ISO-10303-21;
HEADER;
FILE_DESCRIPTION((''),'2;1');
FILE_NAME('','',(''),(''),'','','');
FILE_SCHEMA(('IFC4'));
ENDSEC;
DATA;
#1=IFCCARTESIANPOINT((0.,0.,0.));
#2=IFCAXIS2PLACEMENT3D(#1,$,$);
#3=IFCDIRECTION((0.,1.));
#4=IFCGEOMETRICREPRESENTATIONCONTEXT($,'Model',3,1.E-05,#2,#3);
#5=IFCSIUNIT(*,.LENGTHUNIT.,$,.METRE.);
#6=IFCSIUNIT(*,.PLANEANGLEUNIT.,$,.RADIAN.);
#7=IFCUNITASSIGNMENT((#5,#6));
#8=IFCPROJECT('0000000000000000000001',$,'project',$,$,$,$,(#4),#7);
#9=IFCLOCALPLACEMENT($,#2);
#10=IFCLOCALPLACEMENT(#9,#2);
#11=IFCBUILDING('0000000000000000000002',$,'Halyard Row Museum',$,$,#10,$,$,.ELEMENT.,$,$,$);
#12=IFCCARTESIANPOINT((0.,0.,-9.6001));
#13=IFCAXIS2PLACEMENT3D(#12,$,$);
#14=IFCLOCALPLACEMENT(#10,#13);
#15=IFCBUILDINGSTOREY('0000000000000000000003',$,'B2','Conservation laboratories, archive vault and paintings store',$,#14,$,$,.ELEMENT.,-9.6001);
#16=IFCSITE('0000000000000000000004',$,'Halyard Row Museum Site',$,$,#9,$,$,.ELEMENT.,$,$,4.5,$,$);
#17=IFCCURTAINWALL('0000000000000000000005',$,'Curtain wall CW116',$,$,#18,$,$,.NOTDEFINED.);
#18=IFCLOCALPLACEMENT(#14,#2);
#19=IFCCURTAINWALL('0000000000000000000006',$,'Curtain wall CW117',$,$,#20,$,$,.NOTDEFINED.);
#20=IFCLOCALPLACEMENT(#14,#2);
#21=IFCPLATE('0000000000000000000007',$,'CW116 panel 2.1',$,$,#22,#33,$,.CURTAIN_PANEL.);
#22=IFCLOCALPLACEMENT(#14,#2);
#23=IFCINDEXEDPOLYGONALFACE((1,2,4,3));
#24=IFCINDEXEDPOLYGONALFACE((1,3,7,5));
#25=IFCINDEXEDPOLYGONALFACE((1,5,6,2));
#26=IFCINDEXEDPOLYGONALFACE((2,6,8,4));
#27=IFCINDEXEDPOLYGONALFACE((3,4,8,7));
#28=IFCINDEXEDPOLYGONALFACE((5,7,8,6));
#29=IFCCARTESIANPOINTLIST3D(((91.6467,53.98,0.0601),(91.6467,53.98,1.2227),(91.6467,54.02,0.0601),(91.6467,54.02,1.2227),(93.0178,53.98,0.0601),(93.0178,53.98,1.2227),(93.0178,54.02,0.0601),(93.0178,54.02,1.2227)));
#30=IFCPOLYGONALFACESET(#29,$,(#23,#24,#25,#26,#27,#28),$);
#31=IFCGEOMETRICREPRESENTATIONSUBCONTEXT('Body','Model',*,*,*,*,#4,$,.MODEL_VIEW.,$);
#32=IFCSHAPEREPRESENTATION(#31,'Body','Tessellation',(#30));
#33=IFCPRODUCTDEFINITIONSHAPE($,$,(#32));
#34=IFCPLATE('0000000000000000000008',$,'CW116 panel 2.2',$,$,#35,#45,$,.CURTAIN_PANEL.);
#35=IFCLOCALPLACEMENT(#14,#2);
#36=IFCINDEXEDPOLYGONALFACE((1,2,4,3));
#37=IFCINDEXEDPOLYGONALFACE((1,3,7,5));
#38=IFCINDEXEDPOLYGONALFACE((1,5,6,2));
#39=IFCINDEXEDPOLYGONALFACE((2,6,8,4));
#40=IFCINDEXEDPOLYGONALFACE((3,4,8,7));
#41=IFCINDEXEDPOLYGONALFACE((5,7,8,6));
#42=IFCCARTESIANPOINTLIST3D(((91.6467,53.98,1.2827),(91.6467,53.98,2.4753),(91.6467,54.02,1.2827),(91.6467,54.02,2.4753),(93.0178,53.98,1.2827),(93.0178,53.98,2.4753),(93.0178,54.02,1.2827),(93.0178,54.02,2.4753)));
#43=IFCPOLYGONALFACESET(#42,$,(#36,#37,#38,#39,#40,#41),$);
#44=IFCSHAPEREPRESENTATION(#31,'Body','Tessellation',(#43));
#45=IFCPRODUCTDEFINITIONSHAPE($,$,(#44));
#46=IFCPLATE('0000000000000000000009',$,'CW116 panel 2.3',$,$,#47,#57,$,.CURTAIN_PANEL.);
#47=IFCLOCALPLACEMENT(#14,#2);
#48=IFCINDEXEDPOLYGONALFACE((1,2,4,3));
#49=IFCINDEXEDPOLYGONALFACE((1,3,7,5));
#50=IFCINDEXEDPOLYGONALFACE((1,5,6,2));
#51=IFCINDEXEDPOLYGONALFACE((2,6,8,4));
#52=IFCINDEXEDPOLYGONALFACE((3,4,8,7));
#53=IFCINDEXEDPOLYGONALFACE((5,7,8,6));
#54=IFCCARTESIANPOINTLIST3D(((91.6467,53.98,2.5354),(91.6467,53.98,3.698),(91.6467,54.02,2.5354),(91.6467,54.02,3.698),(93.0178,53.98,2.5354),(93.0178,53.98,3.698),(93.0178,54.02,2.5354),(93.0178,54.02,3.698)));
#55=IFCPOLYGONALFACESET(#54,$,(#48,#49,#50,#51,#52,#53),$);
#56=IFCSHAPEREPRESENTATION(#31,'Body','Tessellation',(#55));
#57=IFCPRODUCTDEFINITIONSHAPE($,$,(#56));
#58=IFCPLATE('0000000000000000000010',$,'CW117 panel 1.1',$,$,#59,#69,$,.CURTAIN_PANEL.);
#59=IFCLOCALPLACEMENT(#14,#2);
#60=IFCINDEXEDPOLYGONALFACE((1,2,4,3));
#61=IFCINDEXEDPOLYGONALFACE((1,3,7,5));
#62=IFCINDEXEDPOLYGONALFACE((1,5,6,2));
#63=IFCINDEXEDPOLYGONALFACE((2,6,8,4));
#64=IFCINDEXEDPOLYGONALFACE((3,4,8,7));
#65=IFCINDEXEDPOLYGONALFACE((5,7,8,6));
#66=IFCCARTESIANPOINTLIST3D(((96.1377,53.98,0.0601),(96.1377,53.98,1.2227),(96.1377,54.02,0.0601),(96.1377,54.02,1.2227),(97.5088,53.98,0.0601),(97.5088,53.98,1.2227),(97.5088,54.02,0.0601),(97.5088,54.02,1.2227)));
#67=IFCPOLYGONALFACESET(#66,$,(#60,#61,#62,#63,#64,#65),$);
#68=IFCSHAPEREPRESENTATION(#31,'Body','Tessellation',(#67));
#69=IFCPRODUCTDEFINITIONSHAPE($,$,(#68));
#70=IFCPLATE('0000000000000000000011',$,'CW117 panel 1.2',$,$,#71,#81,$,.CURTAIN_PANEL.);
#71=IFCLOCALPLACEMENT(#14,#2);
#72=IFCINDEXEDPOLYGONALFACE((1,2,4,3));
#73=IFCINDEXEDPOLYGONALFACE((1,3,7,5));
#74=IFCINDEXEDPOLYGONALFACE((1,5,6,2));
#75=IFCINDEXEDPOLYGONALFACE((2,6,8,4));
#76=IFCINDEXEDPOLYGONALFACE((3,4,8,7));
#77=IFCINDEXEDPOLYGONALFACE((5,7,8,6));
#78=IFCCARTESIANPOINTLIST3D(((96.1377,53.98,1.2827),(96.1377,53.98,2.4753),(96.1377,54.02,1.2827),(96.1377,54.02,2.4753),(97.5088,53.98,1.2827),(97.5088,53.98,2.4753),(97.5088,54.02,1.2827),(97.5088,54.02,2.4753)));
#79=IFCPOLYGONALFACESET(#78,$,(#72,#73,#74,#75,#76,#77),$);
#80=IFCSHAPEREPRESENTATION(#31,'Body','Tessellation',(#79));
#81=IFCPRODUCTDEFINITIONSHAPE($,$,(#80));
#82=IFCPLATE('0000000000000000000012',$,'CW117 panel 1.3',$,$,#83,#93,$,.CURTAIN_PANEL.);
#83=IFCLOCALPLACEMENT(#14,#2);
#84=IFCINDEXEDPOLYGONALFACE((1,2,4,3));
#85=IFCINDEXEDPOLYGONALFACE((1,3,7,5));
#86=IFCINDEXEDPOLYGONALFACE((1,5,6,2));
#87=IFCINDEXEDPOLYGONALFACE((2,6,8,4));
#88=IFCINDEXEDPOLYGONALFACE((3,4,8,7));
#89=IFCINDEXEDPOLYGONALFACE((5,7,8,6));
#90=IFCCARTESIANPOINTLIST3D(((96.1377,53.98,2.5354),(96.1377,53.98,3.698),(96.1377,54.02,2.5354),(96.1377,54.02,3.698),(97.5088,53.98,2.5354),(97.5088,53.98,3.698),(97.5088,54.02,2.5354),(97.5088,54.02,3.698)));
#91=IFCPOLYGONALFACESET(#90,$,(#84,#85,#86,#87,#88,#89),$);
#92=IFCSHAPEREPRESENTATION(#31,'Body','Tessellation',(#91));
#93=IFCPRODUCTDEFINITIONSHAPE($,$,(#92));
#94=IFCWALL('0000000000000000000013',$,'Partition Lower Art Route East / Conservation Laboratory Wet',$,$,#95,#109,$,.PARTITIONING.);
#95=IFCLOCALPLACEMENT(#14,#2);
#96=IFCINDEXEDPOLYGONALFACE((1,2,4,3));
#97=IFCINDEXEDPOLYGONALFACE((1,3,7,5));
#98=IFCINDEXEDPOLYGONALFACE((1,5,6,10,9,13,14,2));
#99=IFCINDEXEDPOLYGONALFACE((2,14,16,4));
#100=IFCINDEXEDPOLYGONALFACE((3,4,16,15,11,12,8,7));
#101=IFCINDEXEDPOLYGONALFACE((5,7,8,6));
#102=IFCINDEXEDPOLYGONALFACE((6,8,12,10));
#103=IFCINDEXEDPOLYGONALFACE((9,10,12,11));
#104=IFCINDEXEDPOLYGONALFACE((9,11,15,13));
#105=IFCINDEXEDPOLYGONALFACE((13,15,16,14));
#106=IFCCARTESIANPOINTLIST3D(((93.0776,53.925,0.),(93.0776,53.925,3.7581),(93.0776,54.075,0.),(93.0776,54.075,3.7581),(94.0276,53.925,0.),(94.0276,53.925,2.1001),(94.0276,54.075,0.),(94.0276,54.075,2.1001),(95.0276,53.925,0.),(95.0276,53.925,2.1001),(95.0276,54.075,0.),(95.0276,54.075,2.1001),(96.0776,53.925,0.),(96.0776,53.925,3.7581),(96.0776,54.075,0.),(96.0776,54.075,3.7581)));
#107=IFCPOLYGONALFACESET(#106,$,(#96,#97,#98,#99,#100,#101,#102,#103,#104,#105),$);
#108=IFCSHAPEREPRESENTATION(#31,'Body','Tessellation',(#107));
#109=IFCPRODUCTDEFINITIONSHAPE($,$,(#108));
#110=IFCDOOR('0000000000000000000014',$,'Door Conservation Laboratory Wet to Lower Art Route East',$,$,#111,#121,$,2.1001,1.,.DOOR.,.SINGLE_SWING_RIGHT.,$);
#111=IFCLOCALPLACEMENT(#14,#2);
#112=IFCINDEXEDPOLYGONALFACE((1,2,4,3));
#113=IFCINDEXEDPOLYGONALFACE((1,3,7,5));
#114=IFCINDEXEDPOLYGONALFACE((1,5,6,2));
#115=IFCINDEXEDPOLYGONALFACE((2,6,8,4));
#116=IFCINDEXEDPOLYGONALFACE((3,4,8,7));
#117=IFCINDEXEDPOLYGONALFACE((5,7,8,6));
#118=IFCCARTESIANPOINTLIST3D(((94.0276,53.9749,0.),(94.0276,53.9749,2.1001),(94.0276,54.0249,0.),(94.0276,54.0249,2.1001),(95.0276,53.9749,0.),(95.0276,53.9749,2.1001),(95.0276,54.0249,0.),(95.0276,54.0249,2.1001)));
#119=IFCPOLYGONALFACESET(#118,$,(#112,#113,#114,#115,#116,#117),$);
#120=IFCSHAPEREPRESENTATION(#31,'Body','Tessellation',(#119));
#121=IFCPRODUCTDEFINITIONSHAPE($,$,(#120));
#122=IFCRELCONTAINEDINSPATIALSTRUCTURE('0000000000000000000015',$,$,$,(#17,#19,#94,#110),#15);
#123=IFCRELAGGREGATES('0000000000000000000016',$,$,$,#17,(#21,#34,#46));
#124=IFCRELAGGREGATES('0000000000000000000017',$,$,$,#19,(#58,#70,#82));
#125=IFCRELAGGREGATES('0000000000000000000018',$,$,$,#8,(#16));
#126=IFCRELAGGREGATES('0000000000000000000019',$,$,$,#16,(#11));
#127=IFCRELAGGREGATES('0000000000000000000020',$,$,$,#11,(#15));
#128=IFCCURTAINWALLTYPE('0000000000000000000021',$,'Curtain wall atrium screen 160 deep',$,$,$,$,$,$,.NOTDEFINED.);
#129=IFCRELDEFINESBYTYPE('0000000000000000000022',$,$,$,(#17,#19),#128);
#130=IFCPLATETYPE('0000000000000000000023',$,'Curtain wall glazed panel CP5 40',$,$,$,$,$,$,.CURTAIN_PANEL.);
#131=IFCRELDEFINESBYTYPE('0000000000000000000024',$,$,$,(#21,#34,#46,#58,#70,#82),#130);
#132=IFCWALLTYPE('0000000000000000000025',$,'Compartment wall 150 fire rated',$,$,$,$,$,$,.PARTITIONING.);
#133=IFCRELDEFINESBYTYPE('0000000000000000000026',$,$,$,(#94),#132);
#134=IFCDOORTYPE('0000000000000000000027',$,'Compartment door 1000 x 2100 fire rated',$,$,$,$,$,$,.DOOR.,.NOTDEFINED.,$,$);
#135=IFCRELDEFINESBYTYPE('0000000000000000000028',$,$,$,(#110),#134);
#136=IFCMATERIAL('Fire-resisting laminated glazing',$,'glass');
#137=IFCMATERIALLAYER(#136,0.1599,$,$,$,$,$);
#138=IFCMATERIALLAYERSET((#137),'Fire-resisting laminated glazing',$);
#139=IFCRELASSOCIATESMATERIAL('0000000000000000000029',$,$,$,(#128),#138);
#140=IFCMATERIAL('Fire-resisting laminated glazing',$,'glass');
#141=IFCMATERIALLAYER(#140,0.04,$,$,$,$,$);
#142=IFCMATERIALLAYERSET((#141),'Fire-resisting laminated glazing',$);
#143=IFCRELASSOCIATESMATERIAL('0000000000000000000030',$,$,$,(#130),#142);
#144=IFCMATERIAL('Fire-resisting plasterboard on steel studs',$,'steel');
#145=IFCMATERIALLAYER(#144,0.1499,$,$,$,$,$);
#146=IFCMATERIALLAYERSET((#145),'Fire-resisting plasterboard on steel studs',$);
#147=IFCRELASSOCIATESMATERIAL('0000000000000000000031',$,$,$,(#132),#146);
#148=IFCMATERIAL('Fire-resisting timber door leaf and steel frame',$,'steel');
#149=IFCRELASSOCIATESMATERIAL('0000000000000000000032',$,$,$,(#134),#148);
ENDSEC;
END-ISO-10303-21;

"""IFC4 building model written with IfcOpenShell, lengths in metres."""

from ifc_helpers import new_model, si_unit, direction, frame, frame_2d, origin, origin_2d, place, context, subcontext, project, spatial, rectangle, extrude, material, layer, layer_set, type_object, element, fill, aggregate, save


model = new_model("IFC4")

# Units and contexts
model_context = context("Model", 3, precision=1e-05, world=origin(), true_north=direction((0.0, 1.0)))
body_context = subcontext(model_context, "Body", "Model", "MODEL_VIEW")
ifc_project = project(units=[si_unit("LENGTHUNIT", "METRE"), si_unit("PLANEANGLEUNIT", "RADIAN")], contexts=[model_context])

# Site, building, storey
site_placement = place(None, origin())
site = spatial("IfcSite", under=ifc_project, at=site_placement, Name="Halyard Row Museum Site", CompositionType="ELEMENT", RefElevation=4.5)
building_placement = place(site_placement, origin())
building = spatial("IfcBuilding", under=site, at=building_placement, Name="Halyard Row Museum", CompositionType="ELEMENT")
storey_placement = place(building_placement, frame((0.0, 0.0, -9.6001)))
storey = spatial("IfcBuildingStorey", under=building, at=storey_placement, Name="B2", Description="Conservation laboratories, archive vault and paintings store", CompositionType="ELEMENT", Elevation=-9.6001)

# Shared definitions
ifc_material_1 = material(Name="Fire-resisting laminated glazing", Category="glass")
ifc_layer_1 = layer(ifc_material_1, 0.1599)
ifc_layer_set_1 = layer_set([ifc_layer_1], Name="Fire-resisting laminated glazing")
curtain_wall_type = type_object("IfcCurtainWallType", Name="Curtain wall atrium screen 160 deep", PredefinedType="NOTDEFINED", material=ifc_layer_set_1)

# Curtain wall
curtain_wall_1_placement = place(storey_placement, origin())
curtain_wall_1 = element("IfcCurtainWall", 1, at=curtain_wall_1_placement, inside=storey, type_object=curtain_wall_type, Name="Curtain wall CW116", PredefinedType="NOTDEFINED")

# Curtain wall
curtain_wall_2_placement = place(storey_placement, origin())
curtain_wall_2 = element("IfcCurtainWall", 2, at=curtain_wall_2_placement, inside=storey, type_object=curtain_wall_type, Name="Curtain wall CW117", PredefinedType="NOTDEFINED")

# Plates
ifc_material_2 = material(Name="Fire-resisting laminated glazing", Category="glass")
ifc_layer_2 = layer(ifc_material_2, 0.04)
ifc_layer_set_2 = layer_set([ifc_layer_2], Name="Fire-resisting laminated glazing")
plate_type = type_object("IfcPlateType", Name="Curtain wall glazed panel CP5 40", PredefinedType="CURTAIN_PANEL", material=ifc_layer_set_2)
plate_1_placement = place(storey_placement, frame((92.3323, 54.0, 0.0601), z_axis=(0.0, 0.0, 1.0), x_axis=(1.0, 0.0, 0.0)))
plate_1 = element("IfcPlate", 3, at=plate_1_placement, type_object=plate_type, Name="CW116 panel 2.1", PredefinedType="CURTAIN_PANEL", context=body_context, shape_type="SweptSolid", body=[
    extrude(rectangle(XDim=1.3711, YDim=0.04, at=origin_2d()), origin(), (0.0, 0.0, 1.0), 1.1626),
])
plate_2_placement = place(storey_placement, frame((92.3323, 54.0, 1.2827), z_axis=(0.0, 0.0, 1.0), x_axis=(1.0, 0.0, 0.0)))
plate_2 = element("IfcPlate", 4, at=plate_2_placement, type_object=plate_type, Name="CW116 panel 2.2", PredefinedType="CURTAIN_PANEL", context=body_context, shape_type="SweptSolid", body=[
    extrude(rectangle(XDim=1.3711, YDim=0.04, at=origin_2d()), origin(), (0.0, 0.0, 1.0), 1.1926),
])
plate_3_placement = place(storey_placement, frame((92.3323, 54.0, 2.5354), z_axis=(0.0, 0.0, 1.0), x_axis=(1.0, 0.0, 0.0)))
plate_3 = element("IfcPlate", 5, at=plate_3_placement, type_object=plate_type, Name="CW116 panel 2.3", PredefinedType="CURTAIN_PANEL", context=body_context, shape_type="SweptSolid", body=[
    extrude(rectangle(XDim=1.3711, YDim=0.04, at=origin_2d()), origin(), (0.0, 0.0, 1.0), 1.1626),
])
aggregate(curtain_wall_1, [plate_1, plate_2, plate_3])
plate_4_placement = place(storey_placement, frame((96.8232, 54.0, 0.0601), z_axis=(0.0, 0.0, 1.0), x_axis=(1.0, 0.0, 0.0)))
plate_4 = element("IfcPlate", 6, at=plate_4_placement, type_object=plate_type, Name="CW117 panel 1.1", PredefinedType="CURTAIN_PANEL", context=body_context, shape_type="SweptSolid", body=[
    extrude(rectangle(XDim=1.3711, YDim=0.04, at=origin_2d()), origin(), (0.0, 0.0, 1.0), 1.1626),
])
plate_5_placement = place(storey_placement, frame((96.8232, 54.0, 1.2827), z_axis=(0.0, 0.0, 1.0), x_axis=(1.0, 0.0, 0.0)))
plate_5 = element("IfcPlate", 7, at=plate_5_placement, type_object=plate_type, Name="CW117 panel 1.2", PredefinedType="CURTAIN_PANEL", context=body_context, shape_type="SweptSolid", body=[
    extrude(rectangle(XDim=1.3711, YDim=0.04, at=origin_2d()), origin(), (0.0, 0.0, 1.0), 1.1926),
])
plate_6_placement = place(storey_placement, frame((96.8232, 54.0, 2.5354), z_axis=(0.0, 0.0, 1.0), x_axis=(1.0, 0.0, 0.0)))
plate_6 = element("IfcPlate", 8, at=plate_6_placement, type_object=plate_type, Name="CW117 panel 1.3", PredefinedType="CURTAIN_PANEL", context=body_context, shape_type="SweptSolid", body=[
    extrude(rectangle(XDim=1.3711, YDim=0.04, at=origin_2d()), origin(), (0.0, 0.0, 1.0), 1.1626),
])
aggregate(curtain_wall_2, [plate_4, plate_5, plate_6])

# Wall, opening, door
ifc_material_3 = material(Name="Fire-resisting plasterboard on steel studs", Category="steel")
ifc_layer_3 = layer(ifc_material_3, 0.1499)
ifc_layer_set_3 = layer_set([ifc_layer_3], Name="Fire-resisting plasterboard on steel studs")
wall_type = type_object("IfcWallType", Name="Compartment wall 150 fire rated", PredefinedType="PARTITIONING", material=ifc_layer_set_3)
wall_placement = place(storey_placement, frame((93.0776, 54.0, 0.0), z_axis=(0.0, 0.0, 1.0), x_axis=(1.0, 0.0, 0.0)))
wall = element("IfcWall", 9, at=wall_placement, inside=storey, type_object=wall_type, Name="Partition Lower Art Route East / Conservation Laboratory Wet", PredefinedType="PARTITIONING", context=body_context, shape_type="SweptSolid", body=[
    extrude(rectangle(XDim=3.0, YDim=0.1499, at=frame_2d((1.5, 0.0))), origin(), (0.0, 0.0, 1.0), 3.7581),
])
opening_placement = place(wall_placement, frame((0.95, 0.0, 0.0)))
opening = element("IfcOpeningElement", 10, at=opening_placement, cuts=wall, PredefinedType="OPENING", context=body_context, shape_type="SweptSolid", body=[
    extrude(rectangle(XDim=1.0, YDim=2.1001, at=frame_2d((0.5, 1.05))), frame((0.0, 0.085, 0.0), z_axis=(0.0, -1.0, 0.0), x_axis=(1.0, 0.0, 0.0)), (0.0, 0.0, 1.0), 0.1699),
])
ifc_material_4 = material(Name="Fire-resisting timber door leaf and steel frame", Category="steel")
door_type = type_object("IfcDoorType", Name="Compartment door 1000 x 2100 fire rated", OperationType="NOTDEFINED", PredefinedType="DOOR", material=ifc_material_4)
door_placement = place(opening_placement, origin())
door = element("IfcDoor", 11, at=door_placement, inside=storey, type_object=door_type, Name="Door Conservation Laboratory Wet to Lower Art Route East", OperationType="SINGLE_SWING_RIGHT", OverallHeight=2.1001, OverallWidth=1.0, PredefinedType="DOOR", context=body_context, shape_type="SweptSolid", body=[
    extrude(rectangle(XDim=1.0, YDim=2.1001, at=frame_2d((0.5, 1.05))), frame((0.0, 0.0249, 0.0), z_axis=(0.0, -1.0, 0.0), x_axis=(1.0, 0.0, 0.0)), (0.0, 0.0, 1.0), 0.05),
])
fill(opening, door)

save(model, "model.ifc")
